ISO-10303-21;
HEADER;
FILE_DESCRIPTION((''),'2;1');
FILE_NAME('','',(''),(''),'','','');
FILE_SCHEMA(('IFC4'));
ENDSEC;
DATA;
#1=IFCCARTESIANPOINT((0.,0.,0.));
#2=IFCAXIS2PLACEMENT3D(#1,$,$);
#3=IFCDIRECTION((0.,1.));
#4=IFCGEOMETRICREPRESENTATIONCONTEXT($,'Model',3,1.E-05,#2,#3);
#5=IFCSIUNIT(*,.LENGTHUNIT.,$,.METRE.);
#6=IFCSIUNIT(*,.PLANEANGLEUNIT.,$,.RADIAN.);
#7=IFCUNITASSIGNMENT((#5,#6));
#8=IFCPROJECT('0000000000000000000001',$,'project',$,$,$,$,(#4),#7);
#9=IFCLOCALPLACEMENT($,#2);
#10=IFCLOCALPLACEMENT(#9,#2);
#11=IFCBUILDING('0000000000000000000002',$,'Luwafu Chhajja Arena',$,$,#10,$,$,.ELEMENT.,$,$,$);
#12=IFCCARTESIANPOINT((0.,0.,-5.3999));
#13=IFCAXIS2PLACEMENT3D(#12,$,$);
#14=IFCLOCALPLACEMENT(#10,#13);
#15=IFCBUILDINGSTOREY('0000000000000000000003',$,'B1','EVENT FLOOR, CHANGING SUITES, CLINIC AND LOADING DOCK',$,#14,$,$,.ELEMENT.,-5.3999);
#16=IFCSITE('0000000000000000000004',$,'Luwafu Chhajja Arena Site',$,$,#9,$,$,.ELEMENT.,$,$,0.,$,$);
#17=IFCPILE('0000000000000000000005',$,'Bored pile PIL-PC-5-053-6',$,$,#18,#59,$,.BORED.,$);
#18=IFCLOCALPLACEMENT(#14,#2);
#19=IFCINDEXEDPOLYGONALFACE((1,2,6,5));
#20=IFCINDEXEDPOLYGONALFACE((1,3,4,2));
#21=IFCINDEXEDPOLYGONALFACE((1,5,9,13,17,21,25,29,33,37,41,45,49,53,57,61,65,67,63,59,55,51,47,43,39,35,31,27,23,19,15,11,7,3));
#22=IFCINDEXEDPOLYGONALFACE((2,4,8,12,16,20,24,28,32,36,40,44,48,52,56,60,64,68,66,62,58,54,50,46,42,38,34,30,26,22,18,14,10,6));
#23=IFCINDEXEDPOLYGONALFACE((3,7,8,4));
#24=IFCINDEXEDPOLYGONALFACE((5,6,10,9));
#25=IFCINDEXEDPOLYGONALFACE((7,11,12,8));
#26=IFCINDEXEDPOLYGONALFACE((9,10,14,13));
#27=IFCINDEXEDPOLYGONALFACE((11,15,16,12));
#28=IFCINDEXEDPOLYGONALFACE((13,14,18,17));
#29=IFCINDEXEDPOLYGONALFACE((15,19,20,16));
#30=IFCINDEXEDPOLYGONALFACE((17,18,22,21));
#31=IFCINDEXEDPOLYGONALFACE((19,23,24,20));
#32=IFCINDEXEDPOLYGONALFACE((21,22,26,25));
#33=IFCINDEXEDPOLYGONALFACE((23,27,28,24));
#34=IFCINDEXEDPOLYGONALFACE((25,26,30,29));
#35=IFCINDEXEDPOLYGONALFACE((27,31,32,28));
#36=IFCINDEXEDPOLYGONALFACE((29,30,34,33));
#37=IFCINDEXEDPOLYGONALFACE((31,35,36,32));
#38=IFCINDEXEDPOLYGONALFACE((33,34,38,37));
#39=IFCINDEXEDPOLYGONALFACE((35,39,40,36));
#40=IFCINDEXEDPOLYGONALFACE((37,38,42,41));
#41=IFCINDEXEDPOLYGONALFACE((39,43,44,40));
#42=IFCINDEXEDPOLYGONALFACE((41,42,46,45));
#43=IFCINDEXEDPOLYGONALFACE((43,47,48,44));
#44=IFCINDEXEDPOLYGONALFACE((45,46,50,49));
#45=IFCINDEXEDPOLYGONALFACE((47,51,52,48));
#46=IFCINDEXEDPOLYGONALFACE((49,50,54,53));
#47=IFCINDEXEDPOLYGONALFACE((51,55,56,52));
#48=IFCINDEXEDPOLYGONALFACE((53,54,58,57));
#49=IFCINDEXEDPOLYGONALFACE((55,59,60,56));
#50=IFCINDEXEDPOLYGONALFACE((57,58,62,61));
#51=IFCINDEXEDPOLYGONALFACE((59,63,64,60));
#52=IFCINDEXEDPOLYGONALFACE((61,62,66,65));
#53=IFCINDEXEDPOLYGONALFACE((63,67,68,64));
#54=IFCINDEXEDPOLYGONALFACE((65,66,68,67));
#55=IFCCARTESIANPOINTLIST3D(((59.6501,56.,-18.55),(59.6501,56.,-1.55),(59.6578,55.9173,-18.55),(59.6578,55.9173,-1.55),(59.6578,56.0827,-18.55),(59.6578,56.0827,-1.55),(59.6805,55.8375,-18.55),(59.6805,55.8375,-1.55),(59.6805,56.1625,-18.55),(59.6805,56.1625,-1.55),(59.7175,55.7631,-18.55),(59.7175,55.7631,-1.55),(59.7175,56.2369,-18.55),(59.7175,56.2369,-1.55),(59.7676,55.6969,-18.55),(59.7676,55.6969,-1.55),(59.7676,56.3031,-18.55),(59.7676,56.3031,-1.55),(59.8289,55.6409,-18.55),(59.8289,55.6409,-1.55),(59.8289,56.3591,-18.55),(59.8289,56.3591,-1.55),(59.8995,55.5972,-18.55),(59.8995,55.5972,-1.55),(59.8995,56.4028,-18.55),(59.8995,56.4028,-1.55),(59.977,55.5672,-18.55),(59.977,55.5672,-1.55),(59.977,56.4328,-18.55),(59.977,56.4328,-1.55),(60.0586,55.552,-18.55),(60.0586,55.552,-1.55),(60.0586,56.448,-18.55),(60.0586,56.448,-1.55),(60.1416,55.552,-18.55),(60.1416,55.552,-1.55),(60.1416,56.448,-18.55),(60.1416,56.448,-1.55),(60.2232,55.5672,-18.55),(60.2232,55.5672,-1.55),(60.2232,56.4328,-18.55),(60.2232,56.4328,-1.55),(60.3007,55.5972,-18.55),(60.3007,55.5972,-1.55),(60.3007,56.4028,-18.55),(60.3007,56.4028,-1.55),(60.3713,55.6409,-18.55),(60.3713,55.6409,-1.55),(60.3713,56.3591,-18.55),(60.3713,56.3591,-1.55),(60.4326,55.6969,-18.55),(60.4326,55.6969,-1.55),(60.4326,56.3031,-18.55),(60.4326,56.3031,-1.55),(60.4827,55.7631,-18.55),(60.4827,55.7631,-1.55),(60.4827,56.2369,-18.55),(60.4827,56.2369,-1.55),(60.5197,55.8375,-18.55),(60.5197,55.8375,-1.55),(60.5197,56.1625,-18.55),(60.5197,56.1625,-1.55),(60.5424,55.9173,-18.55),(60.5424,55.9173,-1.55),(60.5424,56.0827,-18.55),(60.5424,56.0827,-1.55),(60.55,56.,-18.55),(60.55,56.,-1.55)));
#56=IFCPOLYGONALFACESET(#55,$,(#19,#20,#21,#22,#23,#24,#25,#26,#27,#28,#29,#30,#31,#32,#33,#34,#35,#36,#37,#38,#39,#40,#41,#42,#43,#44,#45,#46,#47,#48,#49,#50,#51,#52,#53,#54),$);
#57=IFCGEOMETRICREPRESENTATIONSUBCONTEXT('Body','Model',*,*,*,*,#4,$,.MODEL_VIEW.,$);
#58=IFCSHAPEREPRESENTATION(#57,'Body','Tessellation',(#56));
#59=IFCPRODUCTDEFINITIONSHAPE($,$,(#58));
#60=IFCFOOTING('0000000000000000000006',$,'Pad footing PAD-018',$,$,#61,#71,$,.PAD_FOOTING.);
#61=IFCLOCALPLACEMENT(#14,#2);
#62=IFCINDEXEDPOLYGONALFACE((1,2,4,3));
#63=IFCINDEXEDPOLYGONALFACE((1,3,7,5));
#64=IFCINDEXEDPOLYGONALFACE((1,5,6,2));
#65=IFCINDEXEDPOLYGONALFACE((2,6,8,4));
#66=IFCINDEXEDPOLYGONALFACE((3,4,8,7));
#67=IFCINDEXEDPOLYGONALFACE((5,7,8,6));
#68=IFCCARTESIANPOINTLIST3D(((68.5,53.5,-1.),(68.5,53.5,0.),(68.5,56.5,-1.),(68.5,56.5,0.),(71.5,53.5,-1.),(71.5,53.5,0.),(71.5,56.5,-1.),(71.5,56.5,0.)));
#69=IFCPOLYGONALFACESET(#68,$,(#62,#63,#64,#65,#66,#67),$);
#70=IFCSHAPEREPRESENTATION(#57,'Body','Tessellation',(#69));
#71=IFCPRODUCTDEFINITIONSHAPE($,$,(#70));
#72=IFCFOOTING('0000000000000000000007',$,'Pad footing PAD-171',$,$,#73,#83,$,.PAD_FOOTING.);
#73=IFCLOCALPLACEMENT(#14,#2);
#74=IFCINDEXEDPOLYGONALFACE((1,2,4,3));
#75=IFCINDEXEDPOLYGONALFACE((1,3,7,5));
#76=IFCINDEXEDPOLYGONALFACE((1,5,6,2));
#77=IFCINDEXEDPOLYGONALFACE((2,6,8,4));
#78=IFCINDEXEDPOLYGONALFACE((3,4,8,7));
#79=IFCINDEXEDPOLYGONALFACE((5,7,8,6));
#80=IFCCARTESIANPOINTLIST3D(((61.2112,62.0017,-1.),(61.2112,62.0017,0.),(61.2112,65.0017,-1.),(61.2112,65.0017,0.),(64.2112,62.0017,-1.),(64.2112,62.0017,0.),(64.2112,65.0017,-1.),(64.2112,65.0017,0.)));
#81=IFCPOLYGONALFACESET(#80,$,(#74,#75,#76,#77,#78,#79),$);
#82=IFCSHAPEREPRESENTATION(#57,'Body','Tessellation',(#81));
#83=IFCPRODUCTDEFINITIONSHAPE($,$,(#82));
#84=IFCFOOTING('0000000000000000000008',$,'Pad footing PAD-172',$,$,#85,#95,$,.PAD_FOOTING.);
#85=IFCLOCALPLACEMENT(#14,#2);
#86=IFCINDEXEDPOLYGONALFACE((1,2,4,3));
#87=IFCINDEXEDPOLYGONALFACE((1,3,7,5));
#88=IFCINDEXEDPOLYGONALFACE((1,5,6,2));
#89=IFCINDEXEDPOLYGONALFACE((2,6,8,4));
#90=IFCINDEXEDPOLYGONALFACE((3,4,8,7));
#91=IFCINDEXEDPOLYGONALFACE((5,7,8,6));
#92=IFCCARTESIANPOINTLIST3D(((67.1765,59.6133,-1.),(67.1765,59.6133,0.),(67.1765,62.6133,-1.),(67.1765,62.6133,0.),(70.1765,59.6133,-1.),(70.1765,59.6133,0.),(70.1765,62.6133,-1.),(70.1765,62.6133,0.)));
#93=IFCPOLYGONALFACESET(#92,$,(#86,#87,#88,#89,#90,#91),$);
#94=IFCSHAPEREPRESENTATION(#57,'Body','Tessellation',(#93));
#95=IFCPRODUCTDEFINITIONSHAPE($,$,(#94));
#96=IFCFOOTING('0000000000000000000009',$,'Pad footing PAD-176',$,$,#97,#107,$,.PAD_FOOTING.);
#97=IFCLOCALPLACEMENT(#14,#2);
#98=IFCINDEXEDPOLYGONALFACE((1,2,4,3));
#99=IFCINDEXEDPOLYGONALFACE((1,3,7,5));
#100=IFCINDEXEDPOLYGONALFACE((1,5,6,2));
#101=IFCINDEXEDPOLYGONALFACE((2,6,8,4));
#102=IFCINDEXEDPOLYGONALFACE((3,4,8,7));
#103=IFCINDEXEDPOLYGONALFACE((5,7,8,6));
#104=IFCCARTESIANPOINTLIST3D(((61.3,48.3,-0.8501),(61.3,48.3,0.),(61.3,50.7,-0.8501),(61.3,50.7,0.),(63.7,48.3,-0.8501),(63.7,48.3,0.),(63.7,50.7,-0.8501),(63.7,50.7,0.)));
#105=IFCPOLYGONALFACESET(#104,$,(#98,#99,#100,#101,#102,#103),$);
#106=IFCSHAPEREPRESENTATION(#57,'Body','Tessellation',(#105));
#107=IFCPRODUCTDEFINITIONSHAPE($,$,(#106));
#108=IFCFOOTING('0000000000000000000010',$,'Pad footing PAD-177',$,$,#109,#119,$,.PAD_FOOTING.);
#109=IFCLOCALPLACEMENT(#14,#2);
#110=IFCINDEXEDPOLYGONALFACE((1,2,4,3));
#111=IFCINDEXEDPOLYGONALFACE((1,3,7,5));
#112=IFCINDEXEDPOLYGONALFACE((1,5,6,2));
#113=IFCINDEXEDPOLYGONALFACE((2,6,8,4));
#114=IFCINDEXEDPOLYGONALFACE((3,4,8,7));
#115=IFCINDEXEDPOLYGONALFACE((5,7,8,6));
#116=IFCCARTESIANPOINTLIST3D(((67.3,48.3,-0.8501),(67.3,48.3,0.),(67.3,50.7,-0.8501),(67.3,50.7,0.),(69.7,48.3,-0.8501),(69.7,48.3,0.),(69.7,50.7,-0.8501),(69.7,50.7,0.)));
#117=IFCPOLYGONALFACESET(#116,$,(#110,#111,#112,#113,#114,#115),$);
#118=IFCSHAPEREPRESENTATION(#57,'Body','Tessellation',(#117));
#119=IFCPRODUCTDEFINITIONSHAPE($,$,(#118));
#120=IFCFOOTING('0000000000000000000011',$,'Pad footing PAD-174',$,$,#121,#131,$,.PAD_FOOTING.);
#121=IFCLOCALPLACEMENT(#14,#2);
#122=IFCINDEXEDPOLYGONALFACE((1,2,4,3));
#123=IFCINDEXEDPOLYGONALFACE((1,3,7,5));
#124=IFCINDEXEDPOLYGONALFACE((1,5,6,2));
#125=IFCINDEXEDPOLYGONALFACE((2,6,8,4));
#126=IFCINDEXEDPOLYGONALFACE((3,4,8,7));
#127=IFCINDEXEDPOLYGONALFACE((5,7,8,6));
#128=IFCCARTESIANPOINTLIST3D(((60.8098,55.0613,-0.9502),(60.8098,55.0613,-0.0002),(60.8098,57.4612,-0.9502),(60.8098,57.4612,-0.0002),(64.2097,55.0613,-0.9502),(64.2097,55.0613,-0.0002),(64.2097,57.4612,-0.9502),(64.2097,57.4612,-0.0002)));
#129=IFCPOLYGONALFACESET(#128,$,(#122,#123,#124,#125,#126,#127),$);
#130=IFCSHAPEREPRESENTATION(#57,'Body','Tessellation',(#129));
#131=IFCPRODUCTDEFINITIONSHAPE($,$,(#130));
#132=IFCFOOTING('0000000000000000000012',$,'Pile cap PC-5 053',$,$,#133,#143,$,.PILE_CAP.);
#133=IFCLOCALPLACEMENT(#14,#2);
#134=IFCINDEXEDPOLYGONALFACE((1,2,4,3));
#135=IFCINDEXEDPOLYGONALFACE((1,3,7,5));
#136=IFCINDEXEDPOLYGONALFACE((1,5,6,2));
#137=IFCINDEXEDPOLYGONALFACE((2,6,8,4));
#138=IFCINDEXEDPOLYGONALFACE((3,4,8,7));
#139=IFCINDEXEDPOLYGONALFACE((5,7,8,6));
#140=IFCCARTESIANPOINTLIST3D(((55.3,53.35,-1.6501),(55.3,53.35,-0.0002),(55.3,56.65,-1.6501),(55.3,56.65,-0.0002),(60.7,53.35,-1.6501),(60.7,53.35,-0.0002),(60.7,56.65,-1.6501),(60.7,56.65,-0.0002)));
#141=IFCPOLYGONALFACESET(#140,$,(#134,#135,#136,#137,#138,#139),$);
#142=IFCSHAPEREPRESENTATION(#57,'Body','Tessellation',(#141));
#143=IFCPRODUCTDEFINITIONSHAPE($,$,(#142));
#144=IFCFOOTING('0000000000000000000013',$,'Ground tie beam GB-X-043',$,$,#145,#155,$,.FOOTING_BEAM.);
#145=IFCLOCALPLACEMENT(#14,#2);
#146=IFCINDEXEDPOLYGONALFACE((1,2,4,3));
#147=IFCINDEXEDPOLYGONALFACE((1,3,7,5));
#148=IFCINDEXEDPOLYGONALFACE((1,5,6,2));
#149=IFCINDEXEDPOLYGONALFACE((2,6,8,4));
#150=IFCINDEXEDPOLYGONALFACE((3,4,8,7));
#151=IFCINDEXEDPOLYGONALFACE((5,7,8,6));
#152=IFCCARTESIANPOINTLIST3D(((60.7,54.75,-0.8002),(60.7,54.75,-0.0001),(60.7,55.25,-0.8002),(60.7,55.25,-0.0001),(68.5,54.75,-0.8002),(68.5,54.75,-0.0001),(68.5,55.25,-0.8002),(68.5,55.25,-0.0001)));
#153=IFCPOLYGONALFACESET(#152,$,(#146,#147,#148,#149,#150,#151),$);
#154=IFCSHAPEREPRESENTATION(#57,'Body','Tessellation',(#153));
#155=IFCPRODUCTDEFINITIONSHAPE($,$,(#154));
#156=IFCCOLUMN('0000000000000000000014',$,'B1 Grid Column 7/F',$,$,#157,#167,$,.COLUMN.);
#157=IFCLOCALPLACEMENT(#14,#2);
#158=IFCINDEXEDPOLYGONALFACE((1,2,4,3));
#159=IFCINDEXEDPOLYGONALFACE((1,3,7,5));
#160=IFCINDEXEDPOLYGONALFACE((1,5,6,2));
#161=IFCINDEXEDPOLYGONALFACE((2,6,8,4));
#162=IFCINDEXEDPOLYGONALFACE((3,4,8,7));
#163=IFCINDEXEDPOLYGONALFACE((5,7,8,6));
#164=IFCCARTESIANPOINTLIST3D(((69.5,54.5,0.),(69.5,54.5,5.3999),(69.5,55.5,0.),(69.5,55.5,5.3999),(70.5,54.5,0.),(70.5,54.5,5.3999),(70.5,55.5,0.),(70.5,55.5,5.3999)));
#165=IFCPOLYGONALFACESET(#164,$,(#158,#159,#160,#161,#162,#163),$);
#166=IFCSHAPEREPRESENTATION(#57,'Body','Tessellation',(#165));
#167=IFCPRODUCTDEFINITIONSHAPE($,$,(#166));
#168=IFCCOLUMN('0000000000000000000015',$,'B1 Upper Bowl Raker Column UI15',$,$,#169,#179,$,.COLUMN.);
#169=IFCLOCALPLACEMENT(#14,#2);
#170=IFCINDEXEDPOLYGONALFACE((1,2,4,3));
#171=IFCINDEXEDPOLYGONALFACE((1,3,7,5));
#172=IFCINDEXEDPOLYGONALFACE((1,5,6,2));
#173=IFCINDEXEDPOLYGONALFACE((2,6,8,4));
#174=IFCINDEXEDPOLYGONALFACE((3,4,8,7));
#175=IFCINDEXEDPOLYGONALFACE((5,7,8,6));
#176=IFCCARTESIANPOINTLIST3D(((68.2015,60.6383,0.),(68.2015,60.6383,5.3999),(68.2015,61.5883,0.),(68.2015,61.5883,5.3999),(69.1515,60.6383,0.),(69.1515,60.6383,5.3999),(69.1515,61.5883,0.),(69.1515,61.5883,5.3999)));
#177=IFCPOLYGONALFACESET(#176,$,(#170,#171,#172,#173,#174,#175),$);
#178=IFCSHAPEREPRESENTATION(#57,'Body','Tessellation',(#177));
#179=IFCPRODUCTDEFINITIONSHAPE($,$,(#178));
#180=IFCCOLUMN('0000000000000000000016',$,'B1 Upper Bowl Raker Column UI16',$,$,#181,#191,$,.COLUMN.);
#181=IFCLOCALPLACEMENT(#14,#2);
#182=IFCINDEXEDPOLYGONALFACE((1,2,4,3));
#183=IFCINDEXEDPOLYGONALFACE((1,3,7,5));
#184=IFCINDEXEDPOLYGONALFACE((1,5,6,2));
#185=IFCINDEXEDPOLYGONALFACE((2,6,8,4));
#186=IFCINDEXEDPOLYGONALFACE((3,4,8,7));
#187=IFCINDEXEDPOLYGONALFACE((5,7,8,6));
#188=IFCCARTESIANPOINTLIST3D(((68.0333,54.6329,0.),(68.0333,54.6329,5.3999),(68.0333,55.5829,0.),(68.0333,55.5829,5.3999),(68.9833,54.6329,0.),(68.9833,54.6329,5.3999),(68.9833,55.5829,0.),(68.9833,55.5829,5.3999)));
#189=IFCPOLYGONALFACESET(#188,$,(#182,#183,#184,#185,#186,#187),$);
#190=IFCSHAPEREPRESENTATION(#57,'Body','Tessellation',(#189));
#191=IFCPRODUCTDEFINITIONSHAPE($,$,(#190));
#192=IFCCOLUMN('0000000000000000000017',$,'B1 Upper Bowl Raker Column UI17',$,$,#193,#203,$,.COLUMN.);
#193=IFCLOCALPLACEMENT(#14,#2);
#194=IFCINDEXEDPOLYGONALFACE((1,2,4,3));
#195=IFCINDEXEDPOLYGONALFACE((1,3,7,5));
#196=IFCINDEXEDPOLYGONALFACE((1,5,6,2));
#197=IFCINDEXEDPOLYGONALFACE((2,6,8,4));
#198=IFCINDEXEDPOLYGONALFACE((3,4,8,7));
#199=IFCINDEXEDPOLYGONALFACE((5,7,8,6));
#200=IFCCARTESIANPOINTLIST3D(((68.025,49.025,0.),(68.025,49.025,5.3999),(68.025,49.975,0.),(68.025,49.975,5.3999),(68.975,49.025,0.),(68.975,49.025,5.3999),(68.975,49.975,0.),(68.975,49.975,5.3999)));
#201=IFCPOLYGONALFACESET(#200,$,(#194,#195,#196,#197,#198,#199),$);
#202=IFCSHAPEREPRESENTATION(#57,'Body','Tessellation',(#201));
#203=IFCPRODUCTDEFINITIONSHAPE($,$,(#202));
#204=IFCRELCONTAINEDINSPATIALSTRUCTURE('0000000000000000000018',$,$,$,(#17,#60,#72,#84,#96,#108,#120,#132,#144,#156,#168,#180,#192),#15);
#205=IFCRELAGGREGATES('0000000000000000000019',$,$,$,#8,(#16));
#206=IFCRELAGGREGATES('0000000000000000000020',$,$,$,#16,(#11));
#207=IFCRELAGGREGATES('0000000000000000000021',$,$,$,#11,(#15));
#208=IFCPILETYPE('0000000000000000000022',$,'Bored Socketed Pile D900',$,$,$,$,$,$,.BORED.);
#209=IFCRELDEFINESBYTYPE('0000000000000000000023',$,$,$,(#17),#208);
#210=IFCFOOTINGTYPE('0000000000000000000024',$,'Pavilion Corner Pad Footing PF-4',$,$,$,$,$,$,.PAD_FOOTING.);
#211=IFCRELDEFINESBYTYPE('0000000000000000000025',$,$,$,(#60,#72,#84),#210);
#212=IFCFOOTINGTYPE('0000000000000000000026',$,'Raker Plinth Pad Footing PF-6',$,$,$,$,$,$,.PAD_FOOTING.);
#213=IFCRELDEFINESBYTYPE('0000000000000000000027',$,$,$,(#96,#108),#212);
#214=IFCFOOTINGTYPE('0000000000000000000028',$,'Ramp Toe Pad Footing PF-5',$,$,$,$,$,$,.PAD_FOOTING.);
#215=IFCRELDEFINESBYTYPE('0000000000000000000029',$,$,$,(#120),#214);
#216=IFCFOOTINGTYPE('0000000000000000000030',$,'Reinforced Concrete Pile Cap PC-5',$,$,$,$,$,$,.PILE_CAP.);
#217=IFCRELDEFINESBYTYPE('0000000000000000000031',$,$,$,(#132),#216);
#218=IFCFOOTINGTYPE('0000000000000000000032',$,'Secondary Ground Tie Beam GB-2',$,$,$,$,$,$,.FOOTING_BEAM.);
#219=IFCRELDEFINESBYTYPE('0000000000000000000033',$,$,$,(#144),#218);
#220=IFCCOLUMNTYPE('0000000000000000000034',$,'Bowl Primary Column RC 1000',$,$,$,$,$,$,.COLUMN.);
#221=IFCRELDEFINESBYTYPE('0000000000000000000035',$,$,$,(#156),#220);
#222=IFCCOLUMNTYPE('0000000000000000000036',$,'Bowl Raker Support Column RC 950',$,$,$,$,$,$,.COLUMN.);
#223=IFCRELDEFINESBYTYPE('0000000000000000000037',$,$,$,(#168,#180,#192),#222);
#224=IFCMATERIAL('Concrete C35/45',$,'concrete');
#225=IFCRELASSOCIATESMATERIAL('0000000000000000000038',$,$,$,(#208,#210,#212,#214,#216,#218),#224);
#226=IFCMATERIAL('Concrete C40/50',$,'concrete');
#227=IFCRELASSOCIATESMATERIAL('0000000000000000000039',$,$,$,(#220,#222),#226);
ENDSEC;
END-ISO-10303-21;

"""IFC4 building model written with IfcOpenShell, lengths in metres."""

from ifc_helpers import new_model, si_unit, direction, frame, origin, origin_2d, place, context, subcontext, project, spatial, rectangle, circle, extrude, material, material_profile, profile_set, type_object, element, save


model = new_model("IFC4")

# Units and contexts
model_context = context("Model", 3, precision=1e-05, world=origin(), true_north=direction((0.0, 1.0)))
body_context = subcontext(model_context, "Body", "Model", "MODEL_VIEW")
ifc_project = project(units=[si_unit("LENGTHUNIT", "METRE"), si_unit("PLANEANGLEUNIT", "RADIAN")], contexts=[model_context])

# Site, building, storey
site_placement = place(None, origin())
site = spatial("IfcSite", under=ifc_project, at=site_placement, Name="Luwafu Chhajja Arena Site", CompositionType="ELEMENT", RefElevation=0.0)
building_placement = place(site_placement, origin())
building = spatial("IfcBuilding", under=site, at=building_placement, Name="Luwafu Chhajja Arena", CompositionType="ELEMENT")
storey_placement = place(building_placement, frame((0.0, 0.0, -5.3999)))
storey = spatial("IfcBuildingStorey", under=building, at=storey_placement, Name="B1", Description="EVENT FLOOR, CHANGING SUITES, CLINIC AND LOADING DOCK", CompositionType="ELEMENT", Elevation=-5.3999)

# Shared definitions
ifc_material_1 = material(Name="Concrete C35/45", Category="concrete")

# Pile
ifc_material_profile_1 = material_profile(ifc_material_1, circle(Radius=0.45, at=origin_2d()), Name="PILE D900")
ifc_profile_set_1 = profile_set([ifc_material_profile_1], Name="Concrete C35/45")
pile_type_1 = type_object("IfcPileType", Name="Bored Socketed Pile D900", PredefinedType="BORED", material=ifc_profile_set_1)
for number, where, z_axis, x_axis, name in (
    (1, (60.1001, 56.0, -1.55), (0.0, 0.0, -1.0), (1.0, 0.0, 0.0), "Bored pile PIL-PC-5-053-6"),
):
    element("IfcPile", number, at=place(storey_placement, frame(where, z_axis=z_axis, x_axis=x_axis)), inside=storey, type_object=pile_type_1, Name=name, PredefinedType="BORED", context=body_context, shape_type="SweptSolid", body=[
        extrude(circle(Radius=0.45, at=origin_2d()), origin(), (0.0, 0.0, 1.0), 17.0),
    ])

# Footings
footing_type_1 = type_object("IfcFootingType", Name="Pavilion Corner Pad Footing PF-4", PredefinedType="PAD_FOOTING", material=ifc_material_1)
for number, where, z_axis, x_axis, name in (
    (2, (70.0, 55.0, -1.0), (0.0, 0.0, 1.0), (1.0, 0.0, 0.0), "Pad footing PAD-018"),
    (3, (62.7112, 63.5017, -1.0), (0.0, 0.0, 1.0), (1.0, 0.0, 0.0), "Pad footing PAD-171"),
    (4, (68.6765, 61.1133, -1.0), (0.0, 0.0, 1.0), (1.0, 0.0, 0.0), "Pad footing PAD-172"),
):
    element("IfcFooting", number, at=place(storey_placement, frame(where, z_axis=z_axis, x_axis=x_axis)), inside=storey, type_object=footing_type_1, Name=name, PredefinedType="PAD_FOOTING", context=body_context, shape_type="SweptSolid", body=[
        extrude(rectangle(XDim=3.0, YDim=3.0, at=origin_2d()), origin(), (0.0, 0.0, 1.0), 1.0),
    ])
footing_type_2 = type_object("IfcFootingType", Name="Raker Plinth Pad Footing PF-6", PredefinedType="PAD_FOOTING", material=ifc_material_1)
for number, where, z_axis, x_axis, name in (
    (5, (62.5, 49.5, -0.8501), (0.0, 0.0, 1.0), (1.0, 0.0, 0.0), "Pad footing PAD-176"),
    (6, (68.5, 49.5, -0.8501), (0.0, 0.0, 1.0), (1.0, 0.0, 0.0), "Pad footing PAD-177"),
):
    element("IfcFooting", number, at=place(storey_placement, frame(where, z_axis=z_axis, x_axis=x_axis)), inside=storey, type_object=footing_type_2, Name=name, PredefinedType="PAD_FOOTING", context=body_context, shape_type="SweptSolid", body=[
        extrude(rectangle(XDim=2.3999, YDim=2.3999, at=origin_2d()), origin(), (0.0, 0.0, 1.0), 0.8501),
    ])
footing_type_3 = type_object("IfcFootingType", Name="Ramp Toe Pad Footing PF-5", PredefinedType="PAD_FOOTING", material=ifc_material_1)
footing_1_placement = place(storey_placement, frame((62.5098, 56.2612, -0.9502), z_axis=(0.0, 0.0, 1.0), x_axis=(1.0, 0.0, 0.0)))
element("IfcFooting", 7, at=footing_1_placement, inside=storey, type_object=footing_type_3, Name="Pad footing PAD-174", PredefinedType="PAD_FOOTING", context=body_context, shape_type="SweptSolid", body=[
    extrude(rectangle(XDim=3.3999, YDim=2.3999, at=origin_2d()), origin(), (0.0, 0.0, 1.0), 0.95),
])
footing_type_4 = type_object("IfcFootingType", Name="Reinforced Concrete Pile Cap PC-5", PredefinedType="PILE_CAP", material=ifc_material_1)
footing_2_placement = place(storey_placement, frame((58.0, 55.0, -1.6501), z_axis=(0.0, 0.0, 1.0), x_axis=(1.0, 0.0, 0.0)))
element("IfcFooting", 8, at=footing_2_placement, inside=storey, type_object=footing_type_4, Name="Pile cap PC-5 053", PredefinedType="PILE_CAP", context=body_context, shape_type="SweptSolid", body=[
    extrude(rectangle(XDim=5.3999, YDim=3.3, at=origin_2d()), origin(), (0.0, 0.0, 1.0), 1.6499),
])
ifc_material_profile_2 = material_profile(ifc_material_1, rectangle(XDim=0.5, YDim=0.8, at=origin_2d()), Name="RC 500x800")
ifc_profile_set_2 = profile_set([ifc_material_profile_2], Name="Concrete C35/45")
footing_type_5 = type_object("IfcFootingType", Name="Secondary Ground Tie Beam GB-2", PredefinedType="FOOTING_BEAM", material=ifc_profile_set_2)
footing_3_placement = place(storey_placement, frame((60.7, 55.0, -0.4001), z_axis=(1.0, 0.0, 0.0), x_axis=(0.0, 1.0, 0.0)))
element("IfcFooting", 9, at=footing_3_placement, inside=storey, type_object=footing_type_5, Name="Ground tie beam GB-X-043", PredefinedType="FOOTING_BEAM", context=body_context, shape_type="SweptSolid", body=[
    extrude(rectangle(XDim=0.5, YDim=0.8, at=origin_2d()), origin(), (0.0, 0.0, 1.0), 7.8),
])

# Columns
ifc_material_2 = material(Name="Concrete C40/50", Category="concrete")
ifc_material_profile_3 = material_profile(ifc_material_2, rectangle(XDim=1.0, YDim=1.0, at=origin_2d()), Name="RC 1000x1000")
ifc_profile_set_3 = profile_set([ifc_material_profile_3], Name="Concrete C40/50")
column_type_1 = type_object("IfcColumnType", Name="Bowl Primary Column RC 1000", PredefinedType="COLUMN", material=ifc_profile_set_3)
column_1_placement = place(storey_placement, frame((70.0, 55.0, 0.0), z_axis=(0.0, 0.0, 1.0), x_axis=(1.0, 0.0, 0.0)))
element("IfcColumn", 10, at=column_1_placement, inside=storey, type_object=column_type_1, Name="B1 Grid Column 7/F", PredefinedType="COLUMN", context=body_context, shape_type="SweptSolid", body=[
    extrude(rectangle(XDim=1.0, YDim=1.0, at=origin_2d()), origin(), (0.0, 0.0, 1.0), 5.3999),
])
ifc_material_profile_4 = material_profile(ifc_material_2, rectangle(XDim=0.95, YDim=0.95, at=origin_2d()), Name="RC 950x950")
ifc_profile_set_4 = profile_set([ifc_material_profile_4], Name="Concrete C40/50")
column_type_2 = type_object("IfcColumnType", Name="Bowl Raker Support Column RC 950", PredefinedType="COLUMN", material=ifc_profile_set_4)
for number, where, z_axis, x_axis, name in (
    (11, (68.6765, 61.1133, 0.0), (0.0, 0.0, 1.0), (1.0, 0.0, 0.0), "B1 Upper Bowl Raker Column UI15"),
    (12, (68.5083, 55.1079, 0.0), (0.0, 0.0, 1.0), (1.0, 0.0, 0.0), "B1 Upper Bowl Raker Column UI16"),
    (13, (68.5, 49.5, 0.0), (0.0, 0.0, 1.0), (1.0, 0.0, 0.0), "B1 Upper Bowl Raker Column UI17"),
):
    element("IfcColumn", number, at=place(storey_placement, frame(where, z_axis=z_axis, x_axis=x_axis)), inside=storey, type_object=column_type_2, Name=name, PredefinedType="COLUMN", context=body_context, shape_type="SweptSolid", body=[
        extrude(rectangle(XDim=0.95, YDim=0.95, at=origin_2d()), origin(), (0.0, 0.0, 1.0), 5.3999),
    ])

save(model, "model.ifc")
